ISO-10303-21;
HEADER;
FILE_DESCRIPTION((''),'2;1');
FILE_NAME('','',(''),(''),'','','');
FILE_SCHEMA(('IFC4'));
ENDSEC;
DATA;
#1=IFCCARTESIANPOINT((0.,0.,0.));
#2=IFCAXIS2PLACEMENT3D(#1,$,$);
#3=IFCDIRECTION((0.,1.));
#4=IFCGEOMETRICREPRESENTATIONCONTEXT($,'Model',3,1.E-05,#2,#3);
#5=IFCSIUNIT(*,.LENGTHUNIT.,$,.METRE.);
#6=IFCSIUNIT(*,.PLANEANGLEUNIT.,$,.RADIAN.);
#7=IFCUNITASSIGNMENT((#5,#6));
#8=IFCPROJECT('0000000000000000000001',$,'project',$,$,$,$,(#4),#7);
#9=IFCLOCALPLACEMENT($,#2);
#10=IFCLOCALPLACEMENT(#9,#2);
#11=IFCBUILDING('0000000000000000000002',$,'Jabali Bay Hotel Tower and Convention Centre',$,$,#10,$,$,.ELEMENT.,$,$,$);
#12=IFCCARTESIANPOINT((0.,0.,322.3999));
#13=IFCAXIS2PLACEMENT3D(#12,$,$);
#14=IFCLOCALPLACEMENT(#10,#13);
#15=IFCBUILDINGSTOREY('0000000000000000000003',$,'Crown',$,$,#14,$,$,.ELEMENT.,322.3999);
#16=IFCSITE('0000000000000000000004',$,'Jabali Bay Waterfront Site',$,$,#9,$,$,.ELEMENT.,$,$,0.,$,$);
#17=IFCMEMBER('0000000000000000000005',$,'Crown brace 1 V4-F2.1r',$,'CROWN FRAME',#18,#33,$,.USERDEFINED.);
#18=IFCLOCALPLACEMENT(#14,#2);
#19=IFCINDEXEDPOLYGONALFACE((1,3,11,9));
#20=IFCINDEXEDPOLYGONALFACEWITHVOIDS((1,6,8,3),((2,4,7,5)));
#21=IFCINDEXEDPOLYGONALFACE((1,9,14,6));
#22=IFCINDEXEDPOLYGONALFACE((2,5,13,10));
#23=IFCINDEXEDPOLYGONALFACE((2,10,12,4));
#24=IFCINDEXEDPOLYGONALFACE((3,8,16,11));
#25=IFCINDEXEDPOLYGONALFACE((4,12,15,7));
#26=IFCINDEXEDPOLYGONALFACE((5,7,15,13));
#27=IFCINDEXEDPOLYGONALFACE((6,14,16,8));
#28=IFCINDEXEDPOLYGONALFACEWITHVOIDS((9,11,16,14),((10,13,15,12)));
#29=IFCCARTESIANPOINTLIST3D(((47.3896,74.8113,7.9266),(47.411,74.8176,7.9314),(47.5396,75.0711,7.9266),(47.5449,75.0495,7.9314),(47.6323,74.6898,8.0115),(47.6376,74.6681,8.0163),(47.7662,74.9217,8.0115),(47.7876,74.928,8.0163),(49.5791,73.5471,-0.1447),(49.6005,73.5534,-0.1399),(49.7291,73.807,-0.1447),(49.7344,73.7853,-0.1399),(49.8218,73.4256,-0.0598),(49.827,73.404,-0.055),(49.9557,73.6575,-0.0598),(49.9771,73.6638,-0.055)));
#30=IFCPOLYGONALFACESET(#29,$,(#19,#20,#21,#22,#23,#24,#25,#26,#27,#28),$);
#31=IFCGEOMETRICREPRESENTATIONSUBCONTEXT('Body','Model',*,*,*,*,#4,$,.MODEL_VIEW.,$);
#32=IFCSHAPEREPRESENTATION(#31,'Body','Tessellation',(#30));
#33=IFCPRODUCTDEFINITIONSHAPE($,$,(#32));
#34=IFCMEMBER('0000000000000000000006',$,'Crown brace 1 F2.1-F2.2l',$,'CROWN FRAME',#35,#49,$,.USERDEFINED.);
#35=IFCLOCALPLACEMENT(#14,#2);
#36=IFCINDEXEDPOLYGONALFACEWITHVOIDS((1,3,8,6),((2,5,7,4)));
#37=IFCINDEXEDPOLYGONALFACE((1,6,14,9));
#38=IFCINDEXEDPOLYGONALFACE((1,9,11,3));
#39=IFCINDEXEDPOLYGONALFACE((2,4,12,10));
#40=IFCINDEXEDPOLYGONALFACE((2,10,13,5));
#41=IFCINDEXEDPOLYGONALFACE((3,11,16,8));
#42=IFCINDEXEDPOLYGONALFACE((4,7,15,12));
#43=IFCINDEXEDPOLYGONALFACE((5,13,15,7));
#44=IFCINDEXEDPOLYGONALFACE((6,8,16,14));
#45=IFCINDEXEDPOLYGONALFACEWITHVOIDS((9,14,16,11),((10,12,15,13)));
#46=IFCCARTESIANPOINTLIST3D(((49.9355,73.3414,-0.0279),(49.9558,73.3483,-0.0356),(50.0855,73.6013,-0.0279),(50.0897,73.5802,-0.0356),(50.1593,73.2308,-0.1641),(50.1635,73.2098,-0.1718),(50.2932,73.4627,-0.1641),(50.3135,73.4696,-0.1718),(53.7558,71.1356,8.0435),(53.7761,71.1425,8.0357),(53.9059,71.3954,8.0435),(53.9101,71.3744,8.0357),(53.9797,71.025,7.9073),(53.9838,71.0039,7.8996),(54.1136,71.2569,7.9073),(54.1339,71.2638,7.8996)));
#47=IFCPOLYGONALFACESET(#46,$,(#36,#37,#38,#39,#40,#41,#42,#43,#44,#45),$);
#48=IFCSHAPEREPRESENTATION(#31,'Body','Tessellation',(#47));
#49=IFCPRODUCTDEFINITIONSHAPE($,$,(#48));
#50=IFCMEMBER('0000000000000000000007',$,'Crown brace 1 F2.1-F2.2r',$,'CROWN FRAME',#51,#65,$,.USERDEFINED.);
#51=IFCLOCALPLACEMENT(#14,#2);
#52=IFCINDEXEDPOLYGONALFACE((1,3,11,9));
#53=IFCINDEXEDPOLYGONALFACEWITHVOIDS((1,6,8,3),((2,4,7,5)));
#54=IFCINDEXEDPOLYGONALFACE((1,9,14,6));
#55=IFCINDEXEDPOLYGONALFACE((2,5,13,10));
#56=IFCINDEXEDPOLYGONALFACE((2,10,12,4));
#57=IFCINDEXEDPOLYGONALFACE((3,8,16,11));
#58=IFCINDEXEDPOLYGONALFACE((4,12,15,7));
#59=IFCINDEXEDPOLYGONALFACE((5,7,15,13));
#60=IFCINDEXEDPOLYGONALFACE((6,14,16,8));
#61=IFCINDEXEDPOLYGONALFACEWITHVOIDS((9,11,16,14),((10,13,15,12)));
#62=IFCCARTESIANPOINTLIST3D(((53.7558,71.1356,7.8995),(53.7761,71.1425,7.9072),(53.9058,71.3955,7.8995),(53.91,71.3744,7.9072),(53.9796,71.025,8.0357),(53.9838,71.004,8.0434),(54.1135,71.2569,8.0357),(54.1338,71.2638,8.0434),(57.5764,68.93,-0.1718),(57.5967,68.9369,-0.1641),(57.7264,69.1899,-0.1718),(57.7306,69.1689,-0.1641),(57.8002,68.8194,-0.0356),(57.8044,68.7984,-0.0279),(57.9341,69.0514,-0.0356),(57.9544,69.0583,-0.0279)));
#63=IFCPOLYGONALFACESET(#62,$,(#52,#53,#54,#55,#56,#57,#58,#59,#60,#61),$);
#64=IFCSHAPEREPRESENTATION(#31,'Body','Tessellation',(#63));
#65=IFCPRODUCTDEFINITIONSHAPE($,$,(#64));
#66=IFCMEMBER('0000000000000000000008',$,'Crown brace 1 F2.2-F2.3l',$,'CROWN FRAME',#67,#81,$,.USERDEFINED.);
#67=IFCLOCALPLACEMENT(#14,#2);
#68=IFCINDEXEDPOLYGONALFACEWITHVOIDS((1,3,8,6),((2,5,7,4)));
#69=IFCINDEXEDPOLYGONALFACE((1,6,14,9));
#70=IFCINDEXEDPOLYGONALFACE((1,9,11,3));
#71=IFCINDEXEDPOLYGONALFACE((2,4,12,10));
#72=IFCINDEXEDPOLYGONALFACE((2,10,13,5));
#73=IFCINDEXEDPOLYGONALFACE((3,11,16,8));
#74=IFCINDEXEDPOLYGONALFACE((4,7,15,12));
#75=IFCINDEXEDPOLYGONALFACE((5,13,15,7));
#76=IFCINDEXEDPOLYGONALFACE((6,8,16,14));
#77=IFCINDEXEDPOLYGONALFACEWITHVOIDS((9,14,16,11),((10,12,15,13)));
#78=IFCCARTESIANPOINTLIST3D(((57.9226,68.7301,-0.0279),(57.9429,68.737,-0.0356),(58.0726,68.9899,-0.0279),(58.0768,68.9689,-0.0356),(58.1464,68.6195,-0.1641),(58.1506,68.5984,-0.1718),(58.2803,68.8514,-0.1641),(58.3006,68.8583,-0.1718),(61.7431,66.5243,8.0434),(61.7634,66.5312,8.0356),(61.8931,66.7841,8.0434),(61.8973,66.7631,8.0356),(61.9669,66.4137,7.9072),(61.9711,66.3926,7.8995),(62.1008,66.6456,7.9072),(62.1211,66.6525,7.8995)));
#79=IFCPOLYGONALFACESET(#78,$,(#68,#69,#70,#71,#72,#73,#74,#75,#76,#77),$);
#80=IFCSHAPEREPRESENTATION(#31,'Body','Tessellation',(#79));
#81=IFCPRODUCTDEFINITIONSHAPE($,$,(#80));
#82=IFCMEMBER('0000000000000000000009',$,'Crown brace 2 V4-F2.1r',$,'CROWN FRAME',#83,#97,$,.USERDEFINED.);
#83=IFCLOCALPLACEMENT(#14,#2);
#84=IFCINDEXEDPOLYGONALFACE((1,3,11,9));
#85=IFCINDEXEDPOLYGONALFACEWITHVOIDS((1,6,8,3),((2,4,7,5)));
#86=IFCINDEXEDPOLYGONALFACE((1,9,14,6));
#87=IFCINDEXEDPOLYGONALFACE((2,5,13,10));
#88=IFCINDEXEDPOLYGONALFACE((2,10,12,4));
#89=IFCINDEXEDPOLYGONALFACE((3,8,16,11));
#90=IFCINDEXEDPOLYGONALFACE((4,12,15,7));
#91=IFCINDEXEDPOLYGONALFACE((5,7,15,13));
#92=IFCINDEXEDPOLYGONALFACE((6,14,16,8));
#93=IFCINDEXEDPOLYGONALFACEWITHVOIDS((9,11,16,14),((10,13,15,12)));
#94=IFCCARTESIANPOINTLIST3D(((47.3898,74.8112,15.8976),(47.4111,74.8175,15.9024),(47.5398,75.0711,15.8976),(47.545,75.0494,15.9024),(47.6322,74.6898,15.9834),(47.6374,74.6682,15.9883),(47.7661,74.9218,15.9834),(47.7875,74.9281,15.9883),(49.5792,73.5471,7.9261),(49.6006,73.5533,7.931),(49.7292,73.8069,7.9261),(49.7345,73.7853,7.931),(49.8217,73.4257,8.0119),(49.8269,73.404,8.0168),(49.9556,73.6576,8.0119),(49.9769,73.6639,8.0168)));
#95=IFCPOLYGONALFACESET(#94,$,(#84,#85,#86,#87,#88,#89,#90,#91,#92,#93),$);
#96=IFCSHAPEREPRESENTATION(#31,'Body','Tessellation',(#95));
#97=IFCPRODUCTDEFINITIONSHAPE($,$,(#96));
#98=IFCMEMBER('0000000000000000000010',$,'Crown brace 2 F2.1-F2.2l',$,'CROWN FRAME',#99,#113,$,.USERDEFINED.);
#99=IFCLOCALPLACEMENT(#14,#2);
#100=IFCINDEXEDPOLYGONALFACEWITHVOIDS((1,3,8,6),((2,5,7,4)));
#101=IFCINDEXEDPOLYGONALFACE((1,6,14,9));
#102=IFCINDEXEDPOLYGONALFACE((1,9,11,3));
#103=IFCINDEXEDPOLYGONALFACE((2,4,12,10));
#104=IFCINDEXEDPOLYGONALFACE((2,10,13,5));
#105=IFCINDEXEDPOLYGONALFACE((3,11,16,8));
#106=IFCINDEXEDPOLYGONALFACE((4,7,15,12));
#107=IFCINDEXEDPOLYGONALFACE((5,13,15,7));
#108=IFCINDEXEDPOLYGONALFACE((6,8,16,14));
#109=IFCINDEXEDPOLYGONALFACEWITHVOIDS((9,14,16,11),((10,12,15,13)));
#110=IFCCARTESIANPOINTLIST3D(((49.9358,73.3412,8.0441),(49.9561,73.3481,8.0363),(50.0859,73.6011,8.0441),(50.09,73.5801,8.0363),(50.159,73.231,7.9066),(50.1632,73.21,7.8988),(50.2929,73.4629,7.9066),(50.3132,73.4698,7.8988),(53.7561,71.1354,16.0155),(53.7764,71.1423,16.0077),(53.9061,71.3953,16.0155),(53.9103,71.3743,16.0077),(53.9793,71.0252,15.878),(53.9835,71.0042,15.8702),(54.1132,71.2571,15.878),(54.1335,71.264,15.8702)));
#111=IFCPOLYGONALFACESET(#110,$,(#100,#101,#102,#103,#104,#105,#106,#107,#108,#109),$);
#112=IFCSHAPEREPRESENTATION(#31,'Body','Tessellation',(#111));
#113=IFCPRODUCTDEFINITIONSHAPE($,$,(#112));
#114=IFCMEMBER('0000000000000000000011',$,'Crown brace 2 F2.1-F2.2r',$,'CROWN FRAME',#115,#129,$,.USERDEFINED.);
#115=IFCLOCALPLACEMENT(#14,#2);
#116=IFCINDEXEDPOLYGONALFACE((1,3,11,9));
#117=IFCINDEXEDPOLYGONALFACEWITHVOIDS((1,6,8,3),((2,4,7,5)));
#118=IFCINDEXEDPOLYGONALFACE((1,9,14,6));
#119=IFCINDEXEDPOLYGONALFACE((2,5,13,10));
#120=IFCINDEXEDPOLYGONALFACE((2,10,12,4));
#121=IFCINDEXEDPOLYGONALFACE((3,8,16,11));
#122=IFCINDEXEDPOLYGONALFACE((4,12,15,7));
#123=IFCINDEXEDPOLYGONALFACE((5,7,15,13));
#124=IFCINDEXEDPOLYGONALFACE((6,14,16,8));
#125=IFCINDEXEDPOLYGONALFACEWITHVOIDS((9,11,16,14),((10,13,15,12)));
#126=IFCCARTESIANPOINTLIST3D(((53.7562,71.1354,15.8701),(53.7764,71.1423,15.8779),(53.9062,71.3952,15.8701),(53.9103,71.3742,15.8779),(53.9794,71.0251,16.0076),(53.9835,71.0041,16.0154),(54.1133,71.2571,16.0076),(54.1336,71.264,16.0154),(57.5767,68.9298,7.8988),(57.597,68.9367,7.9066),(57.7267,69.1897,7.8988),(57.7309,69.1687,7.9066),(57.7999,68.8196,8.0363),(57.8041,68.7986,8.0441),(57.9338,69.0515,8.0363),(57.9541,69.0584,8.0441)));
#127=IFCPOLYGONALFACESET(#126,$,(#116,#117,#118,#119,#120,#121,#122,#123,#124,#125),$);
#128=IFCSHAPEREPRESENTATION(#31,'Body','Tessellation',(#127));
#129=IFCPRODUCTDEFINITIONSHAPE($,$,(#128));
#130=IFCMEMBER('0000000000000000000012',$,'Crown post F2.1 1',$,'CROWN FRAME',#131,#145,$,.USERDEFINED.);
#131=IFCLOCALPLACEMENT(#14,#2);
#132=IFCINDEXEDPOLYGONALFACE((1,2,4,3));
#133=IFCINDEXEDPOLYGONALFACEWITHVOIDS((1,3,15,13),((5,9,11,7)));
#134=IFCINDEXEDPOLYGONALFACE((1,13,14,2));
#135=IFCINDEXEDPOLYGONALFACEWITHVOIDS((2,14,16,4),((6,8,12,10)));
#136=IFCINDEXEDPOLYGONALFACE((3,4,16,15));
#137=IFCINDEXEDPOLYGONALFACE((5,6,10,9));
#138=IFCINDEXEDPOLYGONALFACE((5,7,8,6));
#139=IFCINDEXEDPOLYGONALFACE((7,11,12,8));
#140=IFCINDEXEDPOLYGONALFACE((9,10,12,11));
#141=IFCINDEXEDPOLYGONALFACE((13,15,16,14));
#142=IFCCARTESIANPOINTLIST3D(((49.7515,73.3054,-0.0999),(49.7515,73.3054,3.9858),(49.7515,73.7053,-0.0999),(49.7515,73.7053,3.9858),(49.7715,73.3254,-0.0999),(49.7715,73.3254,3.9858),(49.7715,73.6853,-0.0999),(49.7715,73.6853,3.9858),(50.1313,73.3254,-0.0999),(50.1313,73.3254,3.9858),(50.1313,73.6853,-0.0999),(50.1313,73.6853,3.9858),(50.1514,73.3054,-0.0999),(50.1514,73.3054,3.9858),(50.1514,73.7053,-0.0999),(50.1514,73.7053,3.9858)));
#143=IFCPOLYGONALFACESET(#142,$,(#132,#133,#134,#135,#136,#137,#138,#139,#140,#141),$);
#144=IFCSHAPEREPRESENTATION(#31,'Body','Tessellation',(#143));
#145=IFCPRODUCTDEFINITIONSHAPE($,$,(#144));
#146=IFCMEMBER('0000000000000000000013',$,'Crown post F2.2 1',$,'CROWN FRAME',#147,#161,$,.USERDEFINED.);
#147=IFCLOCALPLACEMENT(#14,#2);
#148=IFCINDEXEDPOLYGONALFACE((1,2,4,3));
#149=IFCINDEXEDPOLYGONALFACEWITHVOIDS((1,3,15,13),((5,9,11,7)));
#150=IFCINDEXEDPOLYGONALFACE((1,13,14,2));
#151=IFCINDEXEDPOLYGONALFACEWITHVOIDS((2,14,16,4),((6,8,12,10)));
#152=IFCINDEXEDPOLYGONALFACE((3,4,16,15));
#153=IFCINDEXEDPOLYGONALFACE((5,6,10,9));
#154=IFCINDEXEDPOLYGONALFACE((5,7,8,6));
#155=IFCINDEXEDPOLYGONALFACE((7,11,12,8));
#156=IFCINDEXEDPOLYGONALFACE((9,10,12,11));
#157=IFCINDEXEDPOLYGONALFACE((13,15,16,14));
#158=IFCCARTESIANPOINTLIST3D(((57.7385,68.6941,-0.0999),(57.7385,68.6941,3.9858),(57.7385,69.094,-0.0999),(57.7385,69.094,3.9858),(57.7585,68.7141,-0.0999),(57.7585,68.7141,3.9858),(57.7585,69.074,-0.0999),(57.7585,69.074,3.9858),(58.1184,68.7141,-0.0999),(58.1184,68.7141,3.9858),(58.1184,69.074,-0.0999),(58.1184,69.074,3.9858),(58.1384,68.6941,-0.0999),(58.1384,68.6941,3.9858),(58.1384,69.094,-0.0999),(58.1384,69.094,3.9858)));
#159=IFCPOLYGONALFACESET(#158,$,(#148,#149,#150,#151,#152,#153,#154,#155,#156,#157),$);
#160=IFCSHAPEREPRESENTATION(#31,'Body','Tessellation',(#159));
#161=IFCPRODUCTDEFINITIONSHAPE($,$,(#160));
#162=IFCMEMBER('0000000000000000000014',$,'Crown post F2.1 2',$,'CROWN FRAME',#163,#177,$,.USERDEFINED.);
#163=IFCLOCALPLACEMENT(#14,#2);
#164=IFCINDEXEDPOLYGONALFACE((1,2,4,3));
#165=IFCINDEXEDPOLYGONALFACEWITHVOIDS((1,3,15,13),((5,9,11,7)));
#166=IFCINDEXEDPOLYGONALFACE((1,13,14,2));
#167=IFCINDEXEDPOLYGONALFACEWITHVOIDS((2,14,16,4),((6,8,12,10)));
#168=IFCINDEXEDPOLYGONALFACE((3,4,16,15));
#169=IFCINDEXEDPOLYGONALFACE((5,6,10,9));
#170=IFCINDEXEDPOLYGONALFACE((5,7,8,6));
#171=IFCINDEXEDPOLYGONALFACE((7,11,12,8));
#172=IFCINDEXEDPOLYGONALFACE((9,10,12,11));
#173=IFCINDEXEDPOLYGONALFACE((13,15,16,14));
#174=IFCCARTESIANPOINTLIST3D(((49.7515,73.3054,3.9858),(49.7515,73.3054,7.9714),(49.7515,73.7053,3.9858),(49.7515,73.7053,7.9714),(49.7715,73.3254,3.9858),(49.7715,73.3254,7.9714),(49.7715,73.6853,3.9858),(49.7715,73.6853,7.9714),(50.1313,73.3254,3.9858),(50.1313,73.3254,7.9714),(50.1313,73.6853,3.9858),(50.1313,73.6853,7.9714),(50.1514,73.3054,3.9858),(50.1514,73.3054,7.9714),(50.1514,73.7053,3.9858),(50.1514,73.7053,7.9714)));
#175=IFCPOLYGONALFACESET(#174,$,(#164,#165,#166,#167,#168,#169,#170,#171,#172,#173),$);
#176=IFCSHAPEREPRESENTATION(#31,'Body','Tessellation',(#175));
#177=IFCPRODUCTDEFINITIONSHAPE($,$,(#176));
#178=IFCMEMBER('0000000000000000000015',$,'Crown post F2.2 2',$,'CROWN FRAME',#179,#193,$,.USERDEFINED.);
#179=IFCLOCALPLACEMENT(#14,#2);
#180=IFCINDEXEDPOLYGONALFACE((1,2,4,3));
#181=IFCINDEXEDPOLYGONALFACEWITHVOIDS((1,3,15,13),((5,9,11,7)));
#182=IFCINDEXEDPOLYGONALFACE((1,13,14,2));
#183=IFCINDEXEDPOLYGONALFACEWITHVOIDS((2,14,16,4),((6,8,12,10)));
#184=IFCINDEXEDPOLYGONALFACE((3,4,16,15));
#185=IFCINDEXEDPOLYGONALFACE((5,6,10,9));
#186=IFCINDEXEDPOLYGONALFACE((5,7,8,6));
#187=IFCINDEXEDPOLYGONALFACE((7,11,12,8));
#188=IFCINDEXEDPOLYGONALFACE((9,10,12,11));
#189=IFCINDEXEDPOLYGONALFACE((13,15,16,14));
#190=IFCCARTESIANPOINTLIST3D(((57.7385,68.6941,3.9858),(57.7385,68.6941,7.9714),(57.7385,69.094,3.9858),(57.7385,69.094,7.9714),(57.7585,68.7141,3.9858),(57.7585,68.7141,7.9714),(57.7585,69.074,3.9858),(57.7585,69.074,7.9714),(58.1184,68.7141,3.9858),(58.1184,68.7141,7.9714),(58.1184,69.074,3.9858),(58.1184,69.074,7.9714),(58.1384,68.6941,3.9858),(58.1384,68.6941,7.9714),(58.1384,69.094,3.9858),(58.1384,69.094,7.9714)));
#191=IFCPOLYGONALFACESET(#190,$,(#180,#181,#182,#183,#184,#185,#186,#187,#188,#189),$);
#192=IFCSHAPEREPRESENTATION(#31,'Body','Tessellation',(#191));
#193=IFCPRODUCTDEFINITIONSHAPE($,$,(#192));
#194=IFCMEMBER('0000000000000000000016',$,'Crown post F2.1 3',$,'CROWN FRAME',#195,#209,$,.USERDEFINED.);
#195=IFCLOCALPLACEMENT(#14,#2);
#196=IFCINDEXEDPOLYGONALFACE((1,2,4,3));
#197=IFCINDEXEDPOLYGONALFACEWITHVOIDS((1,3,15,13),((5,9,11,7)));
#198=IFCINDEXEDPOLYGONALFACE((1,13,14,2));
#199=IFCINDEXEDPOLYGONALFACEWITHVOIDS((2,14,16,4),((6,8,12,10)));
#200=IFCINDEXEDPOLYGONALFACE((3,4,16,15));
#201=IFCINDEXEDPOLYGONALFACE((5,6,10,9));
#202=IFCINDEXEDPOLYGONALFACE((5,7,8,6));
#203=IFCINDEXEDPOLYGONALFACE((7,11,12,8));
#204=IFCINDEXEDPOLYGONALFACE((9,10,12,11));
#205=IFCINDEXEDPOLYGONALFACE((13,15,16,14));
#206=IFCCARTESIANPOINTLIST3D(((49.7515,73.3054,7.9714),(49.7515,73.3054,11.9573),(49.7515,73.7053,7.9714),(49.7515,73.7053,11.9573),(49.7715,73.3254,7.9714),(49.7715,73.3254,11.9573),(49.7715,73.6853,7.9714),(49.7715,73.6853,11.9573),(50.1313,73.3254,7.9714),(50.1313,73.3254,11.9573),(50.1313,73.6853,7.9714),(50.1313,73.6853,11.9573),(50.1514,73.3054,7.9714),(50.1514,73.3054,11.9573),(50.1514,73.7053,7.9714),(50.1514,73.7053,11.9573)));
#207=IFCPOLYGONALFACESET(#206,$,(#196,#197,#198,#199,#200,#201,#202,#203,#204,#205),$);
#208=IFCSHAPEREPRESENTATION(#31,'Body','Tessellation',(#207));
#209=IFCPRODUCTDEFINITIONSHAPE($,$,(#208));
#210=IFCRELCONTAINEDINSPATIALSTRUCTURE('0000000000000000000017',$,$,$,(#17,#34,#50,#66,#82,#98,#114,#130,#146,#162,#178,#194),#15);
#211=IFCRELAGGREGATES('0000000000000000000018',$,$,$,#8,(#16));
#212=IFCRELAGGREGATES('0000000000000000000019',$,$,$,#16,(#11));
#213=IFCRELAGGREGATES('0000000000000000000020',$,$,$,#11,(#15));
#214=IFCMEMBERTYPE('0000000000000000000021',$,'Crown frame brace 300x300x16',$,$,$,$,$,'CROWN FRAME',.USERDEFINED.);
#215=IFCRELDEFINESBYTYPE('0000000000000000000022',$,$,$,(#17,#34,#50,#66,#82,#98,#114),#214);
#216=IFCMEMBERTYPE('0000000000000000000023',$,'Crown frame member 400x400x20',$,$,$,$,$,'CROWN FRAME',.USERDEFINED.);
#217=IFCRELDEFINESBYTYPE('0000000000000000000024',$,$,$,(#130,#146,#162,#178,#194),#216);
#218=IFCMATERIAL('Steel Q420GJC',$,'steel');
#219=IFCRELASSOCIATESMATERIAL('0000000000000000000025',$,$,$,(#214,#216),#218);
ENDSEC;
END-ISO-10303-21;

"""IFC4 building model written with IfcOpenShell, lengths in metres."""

from ifc_helpers import new_model, si_unit, direction, frame, origin, origin_2d, place, context, subcontext, project, spatial, hollow_rectangle, extrude, material, material_profile, profile_set, type_object, element, save


model = new_model("IFC4")

# Units and contexts
model_context = context("Model", 3, precision=1e-05, world=origin(), true_north=direction((0.0, 1.0)))
body_context = subcontext(model_context, "Body", "Model", "MODEL_VIEW")
ifc_project = project(units=[si_unit("LENGTHUNIT", "METRE"), si_unit("PLANEANGLEUNIT", "RADIAN")], contexts=[model_context])

# Site, building, storey
site_placement = place(None, origin())
site = spatial("IfcSite", under=ifc_project, at=site_placement, Name="Jabali Bay Waterfront Site", CompositionType="ELEMENT", RefElevation=0.0)
building_placement = place(site_placement, origin())
building = spatial("IfcBuilding", under=site, at=building_placement, Name="Jabali Bay Hotel Tower and Convention Centre", CompositionType="ELEMENT")
storey_placement = place(building_placement, frame((0.0, 0.0, 322.3999)))
storey = spatial("IfcBuildingStorey", under=building, at=storey_placement, Name="Crown", CompositionType="ELEMENT", Elevation=322.3999)

# Members
ifc_material_1 = material(Name="Steel Q420GJC", Category="steel")
ifc_material_profile_1 = material_profile(ifc_material_1, hollow_rectangle(XDim=0.3, YDim=0.3, WallThickness=0.0161, at=origin_2d()), Name="Crown frame brace 300x300x16")
ifc_profile_set_1 = profile_set([ifc_material_profile_1], Name="Steel Q420GJC")
member_type_1 = type_object("IfcMemberType", Name="Crown frame brace 300x300x16", ElementType="CROWN FRAME", PredefinedType="USERDEFINED", material=ifc_profile_set_1)
member_1_placement = place(storey_placement, frame((49.7781, 73.6055, -0.0999), z_axis=(-0.258862, 0.149464, 0.95428), x_axis=(-0.500023, -0.866012, 0.0)))
element("IfcMember", 1, at=member_1_placement, inside=storey, type_object=member_type_1, Name="Crown brace 1 V4-F2.1r", ObjectType="CROWN FRAME", PredefinedType="USERDEFINED", context=body_context, shape_type="SweptSolid", body=[
    extrude(hollow_rectangle(XDim=0.3, YDim=0.3, WallThickness=0.0161, at=origin_2d()), origin(), (0.0, 0.0, 1.0), 8.458),
])
for number, where, z_axis, x_axis, name in (
    (2, (50.1245, 73.4055, -0.0999), (0.415335, -0.23981, 0.87749), (0.500026, 0.86601, 0.0), "Crown brace 1 F2.1-F2.2l"),
    (3, (57.7654, 68.9941, -0.0999), (-0.415359, 0.239782, 0.877486), (-0.49996, -0.866048, 0.0), "Crown brace 1 F2.1-F2.2r"),
    (4, (58.1116, 68.7942, -0.0999), (0.415357, -0.239807, 0.87748), (0.500002, 0.866024, 0.0), "Crown brace 1 F2.2-F2.3l"),
):
    element("IfcMember", number, at=place(storey_placement, frame(where, z_axis=z_axis, x_axis=x_axis)), inside=storey, type_object=member_type_1, Name=name, ObjectType="CROWN FRAME", PredefinedType="USERDEFINED", context=body_context, shape_type="SweptSolid", body=[
        extrude(hollow_rectangle(XDim=0.3, YDim=0.3, WallThickness=0.0161, at=origin_2d()), origin(), (0.0, 0.0, 1.0), 9.1982),
    ])
member_2_placement = place(storey_placement, frame((49.7781, 73.6055, 7.9714), z_axis=(-0.26181, 0.151166, 0.953207), x_axis=(-0.500023, -0.866012, 0.0)))
element("IfcMember", 5, at=member_2_placement, inside=storey, type_object=member_type_1, Name="Crown brace 2 V4-F2.1r", ObjectType="CROWN FRAME", PredefinedType="USERDEFINED", context=body_context, shape_type="SweptSolid", body=[
    extrude(hollow_rectangle(XDim=0.3, YDim=0.3, WallThickness=0.0161, at=origin_2d()), origin(), (0.0, 0.0, 1.0), 8.3628),
])
for number, where, z_axis, x_axis, name in (
    (6, (50.1245, 73.4055, 7.9714), (0.419323, -0.242113, 0.874957), (0.500026, 0.86601, 0.0), "Crown brace 2 F2.1-F2.2l"),
    (7, (57.7654, 68.9941, 7.9714), (-0.419348, 0.242085, 0.874953), (-0.49996, -0.866048, 0.0), "Crown brace 2 F2.1-F2.2r"),
):
    element("IfcMember", number, at=place(storey_placement, frame(where, z_axis=z_axis, x_axis=x_axis)), inside=storey, type_object=member_type_1, Name=name, ObjectType="CROWN FRAME", PredefinedType="USERDEFINED", context=body_context, shape_type="SweptSolid", body=[
        extrude(hollow_rectangle(XDim=0.3, YDim=0.3, WallThickness=0.0161, at=origin_2d()), origin(), (0.0, 0.0, 1.0), 9.1106),
    ])
ifc_material_profile_2 = material_profile(ifc_material_1, hollow_rectangle(XDim=0.3999, YDim=0.3999, WallThickness=0.02, at=origin_2d()), Name="Crown frame member 400x400x20")
ifc_profile_set_2 = profile_set([ifc_material_profile_2], Name="Steel Q420GJC")
member_type_2 = type_object("IfcMemberType", Name="Crown frame member 400x400x20", ElementType="CROWN FRAME", PredefinedType="USERDEFINED", material=ifc_profile_set_2)
for number, where, z_axis, x_axis, name in (
    (8, (49.9514, 73.5054, -0.0999), (0.0, 0.0, 1.0), (1.0, 0.0, 0.0), "Crown post F2.1 1"),
    (9, (57.9385, 68.894, -0.0999), (0.0, 0.0, 1.0), (1.0, 0.0, 0.0), "Crown post F2.2 1"),
):
    element("IfcMember", number, at=place(storey_placement, frame(where, z_axis=z_axis, x_axis=x_axis)), inside=storey, type_object=member_type_2, Name=name, ObjectType="CROWN FRAME", PredefinedType="USERDEFINED", context=body_context, shape_type="SweptSolid", body=[
        extrude(hollow_rectangle(XDim=0.3999, YDim=0.3999, WallThickness=0.02, at=origin_2d()), origin(), (0.0, 0.0, 1.0), 4.0857),
    ])
for number, where, z_axis, x_axis, name in (
    (10, (49.9514, 73.5054, 3.9858), (0.0, 0.0, 1.0), (1.0, 0.0, 0.0), "Crown post F2.1 2"),
    (11, (57.9385, 68.894, 3.9858), (0.0, 0.0, 1.0), (1.0, 0.0, 0.0), "Crown post F2.2 2"),
):
    element("IfcMember", number, at=place(storey_placement, frame(where, z_axis=z_axis, x_axis=x_axis)), inside=storey, type_object=member_type_2, Name=name, ObjectType="CROWN FRAME", PredefinedType="USERDEFINED", context=body_context, shape_type="SweptSolid", body=[
        extrude(hollow_rectangle(XDim=0.3999, YDim=0.3999, WallThickness=0.02, at=origin_2d()), origin(), (0.0, 0.0, 1.0), 3.9856),
    ])
member_3_placement = place(storey_placement, frame((49.9514, 73.5054, 7.9714), z_axis=(0.0, 0.0, 1.0), x_axis=(1.0, 0.0, 0.0)))
element("IfcMember", 12, at=member_3_placement, inside=storey, type_object=member_type_2, Name="Crown post F2.1 3", ObjectType="CROWN FRAME", PredefinedType="USERDEFINED", context=body_context, shape_type="SweptSolid", body=[
    extrude(hollow_rectangle(XDim=0.3999, YDim=0.3999, WallThickness=0.02, at=origin_2d()), origin(), (0.0, 0.0, 1.0), 3.9858),
])

save(model, "model.ifc")
